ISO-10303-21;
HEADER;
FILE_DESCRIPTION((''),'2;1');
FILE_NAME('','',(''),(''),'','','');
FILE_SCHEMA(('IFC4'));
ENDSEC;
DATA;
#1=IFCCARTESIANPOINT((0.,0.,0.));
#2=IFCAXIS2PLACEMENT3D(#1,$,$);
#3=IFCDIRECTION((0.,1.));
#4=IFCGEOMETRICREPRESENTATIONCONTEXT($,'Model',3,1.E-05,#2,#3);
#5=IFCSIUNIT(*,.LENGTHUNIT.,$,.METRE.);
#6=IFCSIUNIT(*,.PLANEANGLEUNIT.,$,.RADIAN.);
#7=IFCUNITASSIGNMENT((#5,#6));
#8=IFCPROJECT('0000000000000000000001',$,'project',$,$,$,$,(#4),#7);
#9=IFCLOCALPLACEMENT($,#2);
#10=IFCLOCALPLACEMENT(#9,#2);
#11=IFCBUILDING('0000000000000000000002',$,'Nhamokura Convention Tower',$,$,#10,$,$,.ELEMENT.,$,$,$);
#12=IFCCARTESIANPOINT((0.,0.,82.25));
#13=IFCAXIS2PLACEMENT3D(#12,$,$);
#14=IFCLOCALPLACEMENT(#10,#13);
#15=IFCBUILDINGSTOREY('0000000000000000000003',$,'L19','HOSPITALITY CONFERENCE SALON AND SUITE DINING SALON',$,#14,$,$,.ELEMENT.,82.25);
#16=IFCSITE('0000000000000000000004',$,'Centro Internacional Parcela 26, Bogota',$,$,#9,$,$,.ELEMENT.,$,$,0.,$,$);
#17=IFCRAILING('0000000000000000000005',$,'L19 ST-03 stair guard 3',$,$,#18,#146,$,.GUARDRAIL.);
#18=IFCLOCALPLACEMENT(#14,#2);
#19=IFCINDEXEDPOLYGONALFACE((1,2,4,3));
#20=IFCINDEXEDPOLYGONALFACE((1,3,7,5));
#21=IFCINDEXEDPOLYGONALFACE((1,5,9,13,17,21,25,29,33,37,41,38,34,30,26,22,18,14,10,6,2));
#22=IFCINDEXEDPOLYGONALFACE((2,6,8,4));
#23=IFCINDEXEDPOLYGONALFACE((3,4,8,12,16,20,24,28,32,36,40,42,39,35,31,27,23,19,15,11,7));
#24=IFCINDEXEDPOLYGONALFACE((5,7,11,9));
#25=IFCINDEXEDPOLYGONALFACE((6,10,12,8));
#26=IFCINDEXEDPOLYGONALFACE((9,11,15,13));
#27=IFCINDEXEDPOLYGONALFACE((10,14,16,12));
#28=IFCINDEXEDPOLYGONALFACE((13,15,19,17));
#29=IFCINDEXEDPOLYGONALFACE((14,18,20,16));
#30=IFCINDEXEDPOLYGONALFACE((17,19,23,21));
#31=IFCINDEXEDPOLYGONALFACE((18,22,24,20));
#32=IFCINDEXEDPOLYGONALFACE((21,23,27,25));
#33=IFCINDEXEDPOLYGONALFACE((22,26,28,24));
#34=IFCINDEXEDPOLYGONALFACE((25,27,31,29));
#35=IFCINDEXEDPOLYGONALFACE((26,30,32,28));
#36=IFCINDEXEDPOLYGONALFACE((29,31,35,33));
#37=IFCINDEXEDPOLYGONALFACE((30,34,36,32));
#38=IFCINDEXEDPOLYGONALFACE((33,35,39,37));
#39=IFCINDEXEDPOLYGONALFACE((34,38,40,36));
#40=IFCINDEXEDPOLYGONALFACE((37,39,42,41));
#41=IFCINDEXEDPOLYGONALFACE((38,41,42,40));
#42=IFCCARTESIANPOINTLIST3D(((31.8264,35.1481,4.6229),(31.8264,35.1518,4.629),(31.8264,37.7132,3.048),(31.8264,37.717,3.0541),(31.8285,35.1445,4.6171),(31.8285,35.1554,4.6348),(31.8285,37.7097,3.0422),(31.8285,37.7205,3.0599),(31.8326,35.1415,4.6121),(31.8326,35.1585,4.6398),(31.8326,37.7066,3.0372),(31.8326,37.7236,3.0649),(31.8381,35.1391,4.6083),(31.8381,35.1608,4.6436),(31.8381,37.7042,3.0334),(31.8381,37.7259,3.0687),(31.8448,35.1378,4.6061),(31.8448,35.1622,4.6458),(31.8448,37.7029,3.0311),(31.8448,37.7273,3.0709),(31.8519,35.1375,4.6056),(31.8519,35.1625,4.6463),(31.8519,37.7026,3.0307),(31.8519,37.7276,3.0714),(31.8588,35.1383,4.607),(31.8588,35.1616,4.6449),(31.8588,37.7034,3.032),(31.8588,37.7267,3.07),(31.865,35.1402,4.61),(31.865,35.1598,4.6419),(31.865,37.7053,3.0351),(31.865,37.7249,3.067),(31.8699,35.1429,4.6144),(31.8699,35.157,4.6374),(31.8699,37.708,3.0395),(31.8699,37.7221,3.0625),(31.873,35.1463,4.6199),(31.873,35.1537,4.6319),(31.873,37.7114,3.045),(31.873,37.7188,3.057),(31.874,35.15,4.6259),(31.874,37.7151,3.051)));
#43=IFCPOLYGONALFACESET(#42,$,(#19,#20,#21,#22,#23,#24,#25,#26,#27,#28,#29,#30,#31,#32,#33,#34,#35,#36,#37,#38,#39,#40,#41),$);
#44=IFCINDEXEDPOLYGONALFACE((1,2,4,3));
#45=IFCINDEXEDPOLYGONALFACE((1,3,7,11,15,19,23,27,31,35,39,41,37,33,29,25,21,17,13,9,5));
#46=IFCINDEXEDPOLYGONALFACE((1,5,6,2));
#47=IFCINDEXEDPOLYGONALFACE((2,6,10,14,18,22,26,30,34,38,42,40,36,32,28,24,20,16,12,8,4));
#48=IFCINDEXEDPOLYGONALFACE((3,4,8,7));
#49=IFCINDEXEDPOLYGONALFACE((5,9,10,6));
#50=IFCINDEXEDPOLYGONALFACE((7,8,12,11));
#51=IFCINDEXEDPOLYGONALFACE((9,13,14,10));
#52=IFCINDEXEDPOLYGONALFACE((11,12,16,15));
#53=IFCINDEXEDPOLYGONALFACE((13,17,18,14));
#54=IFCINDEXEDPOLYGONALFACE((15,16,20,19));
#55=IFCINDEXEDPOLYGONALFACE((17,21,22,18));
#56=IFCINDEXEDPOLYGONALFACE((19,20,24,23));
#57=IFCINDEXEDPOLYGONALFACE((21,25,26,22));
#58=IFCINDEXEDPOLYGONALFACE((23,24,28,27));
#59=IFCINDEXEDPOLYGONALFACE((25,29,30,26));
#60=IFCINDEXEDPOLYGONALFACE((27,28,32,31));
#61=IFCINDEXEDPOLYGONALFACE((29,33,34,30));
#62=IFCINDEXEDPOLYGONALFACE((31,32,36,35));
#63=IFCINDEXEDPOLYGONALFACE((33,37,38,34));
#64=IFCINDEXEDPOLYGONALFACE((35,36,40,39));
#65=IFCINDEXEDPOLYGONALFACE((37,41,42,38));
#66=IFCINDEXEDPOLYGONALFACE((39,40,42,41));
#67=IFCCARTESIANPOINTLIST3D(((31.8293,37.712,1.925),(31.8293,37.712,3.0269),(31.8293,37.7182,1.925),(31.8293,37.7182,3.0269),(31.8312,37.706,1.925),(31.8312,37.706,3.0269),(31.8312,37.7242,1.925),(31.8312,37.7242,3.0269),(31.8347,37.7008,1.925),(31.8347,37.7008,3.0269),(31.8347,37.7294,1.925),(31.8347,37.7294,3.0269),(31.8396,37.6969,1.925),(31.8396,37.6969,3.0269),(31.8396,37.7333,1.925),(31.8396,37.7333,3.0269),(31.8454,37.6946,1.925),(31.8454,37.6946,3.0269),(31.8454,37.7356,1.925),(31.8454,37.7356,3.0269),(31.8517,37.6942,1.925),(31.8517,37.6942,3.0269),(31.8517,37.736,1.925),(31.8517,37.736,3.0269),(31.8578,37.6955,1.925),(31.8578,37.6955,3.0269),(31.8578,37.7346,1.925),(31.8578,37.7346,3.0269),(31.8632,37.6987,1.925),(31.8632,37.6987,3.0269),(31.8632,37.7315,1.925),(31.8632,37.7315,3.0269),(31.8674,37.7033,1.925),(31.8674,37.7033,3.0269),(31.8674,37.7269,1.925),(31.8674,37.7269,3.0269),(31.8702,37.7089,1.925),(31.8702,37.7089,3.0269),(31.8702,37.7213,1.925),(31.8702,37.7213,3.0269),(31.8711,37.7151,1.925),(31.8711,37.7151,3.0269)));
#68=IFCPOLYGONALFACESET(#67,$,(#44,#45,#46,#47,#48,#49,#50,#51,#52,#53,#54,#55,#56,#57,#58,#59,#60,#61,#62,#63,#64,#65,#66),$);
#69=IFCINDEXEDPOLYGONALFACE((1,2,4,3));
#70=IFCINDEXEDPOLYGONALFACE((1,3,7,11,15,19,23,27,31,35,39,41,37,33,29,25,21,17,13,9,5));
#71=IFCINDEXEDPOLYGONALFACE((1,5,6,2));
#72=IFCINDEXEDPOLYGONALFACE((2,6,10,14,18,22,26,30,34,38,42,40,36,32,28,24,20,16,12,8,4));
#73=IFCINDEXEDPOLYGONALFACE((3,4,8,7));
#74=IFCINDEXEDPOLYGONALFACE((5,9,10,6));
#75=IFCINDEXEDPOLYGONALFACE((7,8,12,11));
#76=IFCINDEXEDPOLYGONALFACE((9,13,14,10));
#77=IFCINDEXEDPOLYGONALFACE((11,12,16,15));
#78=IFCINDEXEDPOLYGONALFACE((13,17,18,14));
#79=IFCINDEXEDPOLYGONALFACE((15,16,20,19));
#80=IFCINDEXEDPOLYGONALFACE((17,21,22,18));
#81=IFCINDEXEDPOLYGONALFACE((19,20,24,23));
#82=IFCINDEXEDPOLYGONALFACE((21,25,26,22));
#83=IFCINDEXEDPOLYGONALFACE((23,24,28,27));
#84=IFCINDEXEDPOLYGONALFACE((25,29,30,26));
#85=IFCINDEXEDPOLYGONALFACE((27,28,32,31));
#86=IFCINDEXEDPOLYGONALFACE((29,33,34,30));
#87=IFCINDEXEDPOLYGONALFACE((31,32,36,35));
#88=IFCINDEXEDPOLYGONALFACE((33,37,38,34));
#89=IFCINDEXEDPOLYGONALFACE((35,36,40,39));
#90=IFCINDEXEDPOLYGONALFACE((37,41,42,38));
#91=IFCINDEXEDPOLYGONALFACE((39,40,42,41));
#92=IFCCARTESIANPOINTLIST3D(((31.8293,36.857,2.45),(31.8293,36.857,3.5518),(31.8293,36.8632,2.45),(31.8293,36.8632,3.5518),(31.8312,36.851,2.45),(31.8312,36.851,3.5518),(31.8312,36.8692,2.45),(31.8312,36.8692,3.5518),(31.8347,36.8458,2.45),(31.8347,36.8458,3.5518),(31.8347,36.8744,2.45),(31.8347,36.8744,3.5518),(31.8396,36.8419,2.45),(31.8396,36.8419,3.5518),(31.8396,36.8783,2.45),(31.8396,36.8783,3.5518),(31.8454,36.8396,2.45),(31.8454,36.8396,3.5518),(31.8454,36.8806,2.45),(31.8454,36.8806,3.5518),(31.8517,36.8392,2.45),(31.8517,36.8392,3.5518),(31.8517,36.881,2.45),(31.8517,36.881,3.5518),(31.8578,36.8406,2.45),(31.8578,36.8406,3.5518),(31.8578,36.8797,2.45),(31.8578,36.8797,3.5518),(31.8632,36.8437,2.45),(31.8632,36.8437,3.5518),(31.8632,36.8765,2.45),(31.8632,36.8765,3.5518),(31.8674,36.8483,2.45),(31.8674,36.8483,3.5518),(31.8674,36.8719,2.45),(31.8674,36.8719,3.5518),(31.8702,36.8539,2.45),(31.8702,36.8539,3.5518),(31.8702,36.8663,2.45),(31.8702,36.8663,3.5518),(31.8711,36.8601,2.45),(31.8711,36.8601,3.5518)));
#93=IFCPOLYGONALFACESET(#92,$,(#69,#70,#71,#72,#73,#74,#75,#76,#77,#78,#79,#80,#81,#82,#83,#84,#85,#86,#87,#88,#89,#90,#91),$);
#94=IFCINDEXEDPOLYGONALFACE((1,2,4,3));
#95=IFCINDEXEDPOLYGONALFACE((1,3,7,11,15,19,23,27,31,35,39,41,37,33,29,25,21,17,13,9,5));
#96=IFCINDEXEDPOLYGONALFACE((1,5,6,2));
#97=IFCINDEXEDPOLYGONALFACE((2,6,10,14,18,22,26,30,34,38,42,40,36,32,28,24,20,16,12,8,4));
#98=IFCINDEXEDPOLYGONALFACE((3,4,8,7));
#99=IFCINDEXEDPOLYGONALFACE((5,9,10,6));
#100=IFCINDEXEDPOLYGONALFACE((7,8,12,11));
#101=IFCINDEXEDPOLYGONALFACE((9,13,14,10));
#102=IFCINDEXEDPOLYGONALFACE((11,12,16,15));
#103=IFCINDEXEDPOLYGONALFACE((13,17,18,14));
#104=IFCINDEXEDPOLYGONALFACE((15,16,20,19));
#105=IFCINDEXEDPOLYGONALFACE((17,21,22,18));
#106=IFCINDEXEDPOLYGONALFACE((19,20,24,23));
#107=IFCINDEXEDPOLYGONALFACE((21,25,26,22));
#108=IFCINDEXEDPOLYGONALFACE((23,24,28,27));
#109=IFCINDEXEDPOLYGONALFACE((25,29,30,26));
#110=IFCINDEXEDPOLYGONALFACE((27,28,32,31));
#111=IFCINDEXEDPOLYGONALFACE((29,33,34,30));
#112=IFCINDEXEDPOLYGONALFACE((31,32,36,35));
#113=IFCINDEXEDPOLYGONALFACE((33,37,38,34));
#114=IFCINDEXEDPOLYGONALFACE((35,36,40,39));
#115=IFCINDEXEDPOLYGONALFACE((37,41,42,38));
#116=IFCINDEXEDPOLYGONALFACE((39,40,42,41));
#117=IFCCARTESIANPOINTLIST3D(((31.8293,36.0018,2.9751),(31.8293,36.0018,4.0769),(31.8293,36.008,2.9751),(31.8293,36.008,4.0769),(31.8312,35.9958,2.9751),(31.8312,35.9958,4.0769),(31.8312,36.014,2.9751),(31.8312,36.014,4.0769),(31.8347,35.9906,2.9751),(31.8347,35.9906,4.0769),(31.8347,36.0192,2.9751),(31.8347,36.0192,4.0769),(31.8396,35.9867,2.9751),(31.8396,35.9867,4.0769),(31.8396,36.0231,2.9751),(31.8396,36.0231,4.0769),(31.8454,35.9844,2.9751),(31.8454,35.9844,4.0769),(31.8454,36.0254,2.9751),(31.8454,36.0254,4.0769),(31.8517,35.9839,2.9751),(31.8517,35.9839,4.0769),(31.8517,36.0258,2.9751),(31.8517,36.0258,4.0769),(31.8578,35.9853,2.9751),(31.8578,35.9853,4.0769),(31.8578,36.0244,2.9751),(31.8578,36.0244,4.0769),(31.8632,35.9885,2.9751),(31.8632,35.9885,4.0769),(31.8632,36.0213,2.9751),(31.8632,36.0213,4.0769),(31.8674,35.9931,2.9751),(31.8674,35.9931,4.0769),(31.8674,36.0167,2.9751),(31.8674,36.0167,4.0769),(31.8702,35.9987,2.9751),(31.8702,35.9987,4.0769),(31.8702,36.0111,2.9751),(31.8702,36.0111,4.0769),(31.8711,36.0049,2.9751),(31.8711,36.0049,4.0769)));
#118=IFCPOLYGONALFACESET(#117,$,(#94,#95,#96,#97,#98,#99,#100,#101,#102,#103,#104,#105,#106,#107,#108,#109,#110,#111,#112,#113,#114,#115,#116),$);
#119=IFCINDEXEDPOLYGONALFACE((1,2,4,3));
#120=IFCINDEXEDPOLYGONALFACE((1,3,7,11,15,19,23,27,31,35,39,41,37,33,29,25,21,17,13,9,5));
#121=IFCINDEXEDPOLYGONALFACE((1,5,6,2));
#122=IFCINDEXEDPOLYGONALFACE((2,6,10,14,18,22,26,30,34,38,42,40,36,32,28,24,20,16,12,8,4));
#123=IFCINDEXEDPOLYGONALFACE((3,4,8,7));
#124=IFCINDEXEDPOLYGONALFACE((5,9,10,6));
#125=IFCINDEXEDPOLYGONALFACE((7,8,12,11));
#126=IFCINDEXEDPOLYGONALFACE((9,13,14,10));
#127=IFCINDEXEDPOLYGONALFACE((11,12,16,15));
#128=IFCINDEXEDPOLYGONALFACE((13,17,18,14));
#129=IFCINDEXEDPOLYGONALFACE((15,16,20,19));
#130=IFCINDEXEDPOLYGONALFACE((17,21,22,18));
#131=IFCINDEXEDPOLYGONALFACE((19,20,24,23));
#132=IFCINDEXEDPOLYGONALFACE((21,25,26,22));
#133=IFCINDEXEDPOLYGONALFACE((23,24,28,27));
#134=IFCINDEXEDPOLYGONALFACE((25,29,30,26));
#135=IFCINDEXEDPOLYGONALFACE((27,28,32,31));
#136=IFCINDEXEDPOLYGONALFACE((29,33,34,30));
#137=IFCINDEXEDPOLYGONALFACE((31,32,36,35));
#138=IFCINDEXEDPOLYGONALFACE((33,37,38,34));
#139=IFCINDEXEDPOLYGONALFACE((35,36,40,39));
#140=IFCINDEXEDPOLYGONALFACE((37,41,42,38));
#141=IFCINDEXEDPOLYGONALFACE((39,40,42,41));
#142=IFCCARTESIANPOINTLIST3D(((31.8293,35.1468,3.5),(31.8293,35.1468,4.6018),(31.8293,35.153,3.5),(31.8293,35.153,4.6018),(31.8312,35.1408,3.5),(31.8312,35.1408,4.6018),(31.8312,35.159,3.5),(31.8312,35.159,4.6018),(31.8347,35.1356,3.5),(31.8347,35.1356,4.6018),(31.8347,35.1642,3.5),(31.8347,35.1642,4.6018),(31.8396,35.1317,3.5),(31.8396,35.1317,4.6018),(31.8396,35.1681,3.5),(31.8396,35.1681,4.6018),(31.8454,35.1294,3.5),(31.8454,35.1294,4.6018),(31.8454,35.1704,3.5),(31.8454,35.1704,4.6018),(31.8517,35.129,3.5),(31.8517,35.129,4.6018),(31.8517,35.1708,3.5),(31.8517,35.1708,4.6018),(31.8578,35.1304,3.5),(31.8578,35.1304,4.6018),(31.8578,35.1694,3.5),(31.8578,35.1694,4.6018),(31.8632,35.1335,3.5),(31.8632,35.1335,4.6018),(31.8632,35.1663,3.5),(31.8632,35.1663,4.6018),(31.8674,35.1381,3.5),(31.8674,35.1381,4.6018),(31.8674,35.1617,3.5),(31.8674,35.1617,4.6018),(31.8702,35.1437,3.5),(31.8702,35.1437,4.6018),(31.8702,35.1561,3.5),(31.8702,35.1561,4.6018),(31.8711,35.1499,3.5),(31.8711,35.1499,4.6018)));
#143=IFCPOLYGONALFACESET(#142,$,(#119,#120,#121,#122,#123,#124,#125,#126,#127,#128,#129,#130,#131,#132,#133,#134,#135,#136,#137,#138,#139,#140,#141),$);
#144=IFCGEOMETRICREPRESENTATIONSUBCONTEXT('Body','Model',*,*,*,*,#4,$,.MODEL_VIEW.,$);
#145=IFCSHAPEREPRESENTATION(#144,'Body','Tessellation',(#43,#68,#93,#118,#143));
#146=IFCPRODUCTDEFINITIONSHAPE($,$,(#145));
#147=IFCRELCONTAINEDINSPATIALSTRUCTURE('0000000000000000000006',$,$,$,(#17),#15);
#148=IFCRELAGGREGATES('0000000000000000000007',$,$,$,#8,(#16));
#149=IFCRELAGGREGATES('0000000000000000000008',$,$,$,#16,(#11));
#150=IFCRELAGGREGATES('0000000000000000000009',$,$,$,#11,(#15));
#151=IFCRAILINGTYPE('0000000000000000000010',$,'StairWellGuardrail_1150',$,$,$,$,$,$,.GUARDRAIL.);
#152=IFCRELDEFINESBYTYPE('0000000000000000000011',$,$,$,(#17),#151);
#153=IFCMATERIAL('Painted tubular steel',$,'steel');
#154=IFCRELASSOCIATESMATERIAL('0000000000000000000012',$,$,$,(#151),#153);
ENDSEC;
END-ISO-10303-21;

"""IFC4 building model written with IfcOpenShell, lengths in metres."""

from ifc_helpers import new_model, si_unit, direction, frame, origin, origin_2d, place, context, subcontext, project, spatial, circle, extrude, material, type_object, element, save


model = new_model("IFC4")

# Units and contexts
model_context = context("Model", 3, precision=1e-05, world=origin(), true_north=direction((0.0, 1.0)))
body_context = subcontext(model_context, "Body", "Model", "MODEL_VIEW")
ifc_project = project(units=[si_unit("LENGTHUNIT", "METRE"), si_unit("PLANEANGLEUNIT", "RADIAN")], contexts=[model_context])

# Site, building, storey
site_placement = place(None, origin())
site = spatial("IfcSite", under=ifc_project, at=site_placement, Name="Centro Internacional Parcela 26, Bogota", CompositionType="ELEMENT", RefElevation=0.0)
building_placement = place(site_placement, origin())
building = spatial("IfcBuilding", under=site, at=building_placement, Name="Nhamokura Convention Tower", CompositionType="ELEMENT")
storey_placement = place(building_placement, frame((0.0, 0.0, 82.25)))
storey = spatial("IfcBuildingStorey", under=building, at=storey_placement, Name="L19", Description="HOSPITALITY CONFERENCE SALON AND SUITE DINING SALON", CompositionType="ELEMENT", Elevation=82.25)

# Railing
ifc_material_1 = material(Name="Painted tubular steel", Category="steel")
railing_type = type_object("IfcRailingType", Name="StairWellGuardrail_1150", PredefinedType="GUARDRAIL", material=ifc_material_1)
railing_1_placement = place(storey_placement, frame((31.8501, 37.7151, 1.925)))
element("IfcRailing", 1, at=railing_1_placement, inside=storey, type_object=railing_type, Name="L19 ST-03 stair guard 3", PredefinedType="GUARDRAIL", context=body_context, shape_type="SweptSolid", body=[
    extrude(circle(Radius=0.0239, at=origin_2d()), frame((0.0, 0.0, 1.126), z_axis=(0.0, -0.852195, 0.523224), x_axis=(1.0, 0.0, 0.0)), (0.0, 0.0, 1.0), 3.01),
    extrude(circle(Radius=0.021, at=origin_2d()), origin(), (0.0, 0.0, 1.0), 1.1018),
    extrude(circle(Radius=0.021, at=origin_2d()), frame((0.0, -0.855, 0.5249)), (0.0, 0.0, 1.0), 1.1018),
    extrude(circle(Radius=0.021, at=origin_2d()), frame((0.0, -1.7102, 1.05)), (0.0, 0.0, 1.0), 1.1018),
    extrude(circle(Radius=0.021, at=origin_2d()), frame((0.0, -2.5652, 1.575)), (0.0, 0.0, 1.0), 1.1018),
])

save(model, "model.ifc")
